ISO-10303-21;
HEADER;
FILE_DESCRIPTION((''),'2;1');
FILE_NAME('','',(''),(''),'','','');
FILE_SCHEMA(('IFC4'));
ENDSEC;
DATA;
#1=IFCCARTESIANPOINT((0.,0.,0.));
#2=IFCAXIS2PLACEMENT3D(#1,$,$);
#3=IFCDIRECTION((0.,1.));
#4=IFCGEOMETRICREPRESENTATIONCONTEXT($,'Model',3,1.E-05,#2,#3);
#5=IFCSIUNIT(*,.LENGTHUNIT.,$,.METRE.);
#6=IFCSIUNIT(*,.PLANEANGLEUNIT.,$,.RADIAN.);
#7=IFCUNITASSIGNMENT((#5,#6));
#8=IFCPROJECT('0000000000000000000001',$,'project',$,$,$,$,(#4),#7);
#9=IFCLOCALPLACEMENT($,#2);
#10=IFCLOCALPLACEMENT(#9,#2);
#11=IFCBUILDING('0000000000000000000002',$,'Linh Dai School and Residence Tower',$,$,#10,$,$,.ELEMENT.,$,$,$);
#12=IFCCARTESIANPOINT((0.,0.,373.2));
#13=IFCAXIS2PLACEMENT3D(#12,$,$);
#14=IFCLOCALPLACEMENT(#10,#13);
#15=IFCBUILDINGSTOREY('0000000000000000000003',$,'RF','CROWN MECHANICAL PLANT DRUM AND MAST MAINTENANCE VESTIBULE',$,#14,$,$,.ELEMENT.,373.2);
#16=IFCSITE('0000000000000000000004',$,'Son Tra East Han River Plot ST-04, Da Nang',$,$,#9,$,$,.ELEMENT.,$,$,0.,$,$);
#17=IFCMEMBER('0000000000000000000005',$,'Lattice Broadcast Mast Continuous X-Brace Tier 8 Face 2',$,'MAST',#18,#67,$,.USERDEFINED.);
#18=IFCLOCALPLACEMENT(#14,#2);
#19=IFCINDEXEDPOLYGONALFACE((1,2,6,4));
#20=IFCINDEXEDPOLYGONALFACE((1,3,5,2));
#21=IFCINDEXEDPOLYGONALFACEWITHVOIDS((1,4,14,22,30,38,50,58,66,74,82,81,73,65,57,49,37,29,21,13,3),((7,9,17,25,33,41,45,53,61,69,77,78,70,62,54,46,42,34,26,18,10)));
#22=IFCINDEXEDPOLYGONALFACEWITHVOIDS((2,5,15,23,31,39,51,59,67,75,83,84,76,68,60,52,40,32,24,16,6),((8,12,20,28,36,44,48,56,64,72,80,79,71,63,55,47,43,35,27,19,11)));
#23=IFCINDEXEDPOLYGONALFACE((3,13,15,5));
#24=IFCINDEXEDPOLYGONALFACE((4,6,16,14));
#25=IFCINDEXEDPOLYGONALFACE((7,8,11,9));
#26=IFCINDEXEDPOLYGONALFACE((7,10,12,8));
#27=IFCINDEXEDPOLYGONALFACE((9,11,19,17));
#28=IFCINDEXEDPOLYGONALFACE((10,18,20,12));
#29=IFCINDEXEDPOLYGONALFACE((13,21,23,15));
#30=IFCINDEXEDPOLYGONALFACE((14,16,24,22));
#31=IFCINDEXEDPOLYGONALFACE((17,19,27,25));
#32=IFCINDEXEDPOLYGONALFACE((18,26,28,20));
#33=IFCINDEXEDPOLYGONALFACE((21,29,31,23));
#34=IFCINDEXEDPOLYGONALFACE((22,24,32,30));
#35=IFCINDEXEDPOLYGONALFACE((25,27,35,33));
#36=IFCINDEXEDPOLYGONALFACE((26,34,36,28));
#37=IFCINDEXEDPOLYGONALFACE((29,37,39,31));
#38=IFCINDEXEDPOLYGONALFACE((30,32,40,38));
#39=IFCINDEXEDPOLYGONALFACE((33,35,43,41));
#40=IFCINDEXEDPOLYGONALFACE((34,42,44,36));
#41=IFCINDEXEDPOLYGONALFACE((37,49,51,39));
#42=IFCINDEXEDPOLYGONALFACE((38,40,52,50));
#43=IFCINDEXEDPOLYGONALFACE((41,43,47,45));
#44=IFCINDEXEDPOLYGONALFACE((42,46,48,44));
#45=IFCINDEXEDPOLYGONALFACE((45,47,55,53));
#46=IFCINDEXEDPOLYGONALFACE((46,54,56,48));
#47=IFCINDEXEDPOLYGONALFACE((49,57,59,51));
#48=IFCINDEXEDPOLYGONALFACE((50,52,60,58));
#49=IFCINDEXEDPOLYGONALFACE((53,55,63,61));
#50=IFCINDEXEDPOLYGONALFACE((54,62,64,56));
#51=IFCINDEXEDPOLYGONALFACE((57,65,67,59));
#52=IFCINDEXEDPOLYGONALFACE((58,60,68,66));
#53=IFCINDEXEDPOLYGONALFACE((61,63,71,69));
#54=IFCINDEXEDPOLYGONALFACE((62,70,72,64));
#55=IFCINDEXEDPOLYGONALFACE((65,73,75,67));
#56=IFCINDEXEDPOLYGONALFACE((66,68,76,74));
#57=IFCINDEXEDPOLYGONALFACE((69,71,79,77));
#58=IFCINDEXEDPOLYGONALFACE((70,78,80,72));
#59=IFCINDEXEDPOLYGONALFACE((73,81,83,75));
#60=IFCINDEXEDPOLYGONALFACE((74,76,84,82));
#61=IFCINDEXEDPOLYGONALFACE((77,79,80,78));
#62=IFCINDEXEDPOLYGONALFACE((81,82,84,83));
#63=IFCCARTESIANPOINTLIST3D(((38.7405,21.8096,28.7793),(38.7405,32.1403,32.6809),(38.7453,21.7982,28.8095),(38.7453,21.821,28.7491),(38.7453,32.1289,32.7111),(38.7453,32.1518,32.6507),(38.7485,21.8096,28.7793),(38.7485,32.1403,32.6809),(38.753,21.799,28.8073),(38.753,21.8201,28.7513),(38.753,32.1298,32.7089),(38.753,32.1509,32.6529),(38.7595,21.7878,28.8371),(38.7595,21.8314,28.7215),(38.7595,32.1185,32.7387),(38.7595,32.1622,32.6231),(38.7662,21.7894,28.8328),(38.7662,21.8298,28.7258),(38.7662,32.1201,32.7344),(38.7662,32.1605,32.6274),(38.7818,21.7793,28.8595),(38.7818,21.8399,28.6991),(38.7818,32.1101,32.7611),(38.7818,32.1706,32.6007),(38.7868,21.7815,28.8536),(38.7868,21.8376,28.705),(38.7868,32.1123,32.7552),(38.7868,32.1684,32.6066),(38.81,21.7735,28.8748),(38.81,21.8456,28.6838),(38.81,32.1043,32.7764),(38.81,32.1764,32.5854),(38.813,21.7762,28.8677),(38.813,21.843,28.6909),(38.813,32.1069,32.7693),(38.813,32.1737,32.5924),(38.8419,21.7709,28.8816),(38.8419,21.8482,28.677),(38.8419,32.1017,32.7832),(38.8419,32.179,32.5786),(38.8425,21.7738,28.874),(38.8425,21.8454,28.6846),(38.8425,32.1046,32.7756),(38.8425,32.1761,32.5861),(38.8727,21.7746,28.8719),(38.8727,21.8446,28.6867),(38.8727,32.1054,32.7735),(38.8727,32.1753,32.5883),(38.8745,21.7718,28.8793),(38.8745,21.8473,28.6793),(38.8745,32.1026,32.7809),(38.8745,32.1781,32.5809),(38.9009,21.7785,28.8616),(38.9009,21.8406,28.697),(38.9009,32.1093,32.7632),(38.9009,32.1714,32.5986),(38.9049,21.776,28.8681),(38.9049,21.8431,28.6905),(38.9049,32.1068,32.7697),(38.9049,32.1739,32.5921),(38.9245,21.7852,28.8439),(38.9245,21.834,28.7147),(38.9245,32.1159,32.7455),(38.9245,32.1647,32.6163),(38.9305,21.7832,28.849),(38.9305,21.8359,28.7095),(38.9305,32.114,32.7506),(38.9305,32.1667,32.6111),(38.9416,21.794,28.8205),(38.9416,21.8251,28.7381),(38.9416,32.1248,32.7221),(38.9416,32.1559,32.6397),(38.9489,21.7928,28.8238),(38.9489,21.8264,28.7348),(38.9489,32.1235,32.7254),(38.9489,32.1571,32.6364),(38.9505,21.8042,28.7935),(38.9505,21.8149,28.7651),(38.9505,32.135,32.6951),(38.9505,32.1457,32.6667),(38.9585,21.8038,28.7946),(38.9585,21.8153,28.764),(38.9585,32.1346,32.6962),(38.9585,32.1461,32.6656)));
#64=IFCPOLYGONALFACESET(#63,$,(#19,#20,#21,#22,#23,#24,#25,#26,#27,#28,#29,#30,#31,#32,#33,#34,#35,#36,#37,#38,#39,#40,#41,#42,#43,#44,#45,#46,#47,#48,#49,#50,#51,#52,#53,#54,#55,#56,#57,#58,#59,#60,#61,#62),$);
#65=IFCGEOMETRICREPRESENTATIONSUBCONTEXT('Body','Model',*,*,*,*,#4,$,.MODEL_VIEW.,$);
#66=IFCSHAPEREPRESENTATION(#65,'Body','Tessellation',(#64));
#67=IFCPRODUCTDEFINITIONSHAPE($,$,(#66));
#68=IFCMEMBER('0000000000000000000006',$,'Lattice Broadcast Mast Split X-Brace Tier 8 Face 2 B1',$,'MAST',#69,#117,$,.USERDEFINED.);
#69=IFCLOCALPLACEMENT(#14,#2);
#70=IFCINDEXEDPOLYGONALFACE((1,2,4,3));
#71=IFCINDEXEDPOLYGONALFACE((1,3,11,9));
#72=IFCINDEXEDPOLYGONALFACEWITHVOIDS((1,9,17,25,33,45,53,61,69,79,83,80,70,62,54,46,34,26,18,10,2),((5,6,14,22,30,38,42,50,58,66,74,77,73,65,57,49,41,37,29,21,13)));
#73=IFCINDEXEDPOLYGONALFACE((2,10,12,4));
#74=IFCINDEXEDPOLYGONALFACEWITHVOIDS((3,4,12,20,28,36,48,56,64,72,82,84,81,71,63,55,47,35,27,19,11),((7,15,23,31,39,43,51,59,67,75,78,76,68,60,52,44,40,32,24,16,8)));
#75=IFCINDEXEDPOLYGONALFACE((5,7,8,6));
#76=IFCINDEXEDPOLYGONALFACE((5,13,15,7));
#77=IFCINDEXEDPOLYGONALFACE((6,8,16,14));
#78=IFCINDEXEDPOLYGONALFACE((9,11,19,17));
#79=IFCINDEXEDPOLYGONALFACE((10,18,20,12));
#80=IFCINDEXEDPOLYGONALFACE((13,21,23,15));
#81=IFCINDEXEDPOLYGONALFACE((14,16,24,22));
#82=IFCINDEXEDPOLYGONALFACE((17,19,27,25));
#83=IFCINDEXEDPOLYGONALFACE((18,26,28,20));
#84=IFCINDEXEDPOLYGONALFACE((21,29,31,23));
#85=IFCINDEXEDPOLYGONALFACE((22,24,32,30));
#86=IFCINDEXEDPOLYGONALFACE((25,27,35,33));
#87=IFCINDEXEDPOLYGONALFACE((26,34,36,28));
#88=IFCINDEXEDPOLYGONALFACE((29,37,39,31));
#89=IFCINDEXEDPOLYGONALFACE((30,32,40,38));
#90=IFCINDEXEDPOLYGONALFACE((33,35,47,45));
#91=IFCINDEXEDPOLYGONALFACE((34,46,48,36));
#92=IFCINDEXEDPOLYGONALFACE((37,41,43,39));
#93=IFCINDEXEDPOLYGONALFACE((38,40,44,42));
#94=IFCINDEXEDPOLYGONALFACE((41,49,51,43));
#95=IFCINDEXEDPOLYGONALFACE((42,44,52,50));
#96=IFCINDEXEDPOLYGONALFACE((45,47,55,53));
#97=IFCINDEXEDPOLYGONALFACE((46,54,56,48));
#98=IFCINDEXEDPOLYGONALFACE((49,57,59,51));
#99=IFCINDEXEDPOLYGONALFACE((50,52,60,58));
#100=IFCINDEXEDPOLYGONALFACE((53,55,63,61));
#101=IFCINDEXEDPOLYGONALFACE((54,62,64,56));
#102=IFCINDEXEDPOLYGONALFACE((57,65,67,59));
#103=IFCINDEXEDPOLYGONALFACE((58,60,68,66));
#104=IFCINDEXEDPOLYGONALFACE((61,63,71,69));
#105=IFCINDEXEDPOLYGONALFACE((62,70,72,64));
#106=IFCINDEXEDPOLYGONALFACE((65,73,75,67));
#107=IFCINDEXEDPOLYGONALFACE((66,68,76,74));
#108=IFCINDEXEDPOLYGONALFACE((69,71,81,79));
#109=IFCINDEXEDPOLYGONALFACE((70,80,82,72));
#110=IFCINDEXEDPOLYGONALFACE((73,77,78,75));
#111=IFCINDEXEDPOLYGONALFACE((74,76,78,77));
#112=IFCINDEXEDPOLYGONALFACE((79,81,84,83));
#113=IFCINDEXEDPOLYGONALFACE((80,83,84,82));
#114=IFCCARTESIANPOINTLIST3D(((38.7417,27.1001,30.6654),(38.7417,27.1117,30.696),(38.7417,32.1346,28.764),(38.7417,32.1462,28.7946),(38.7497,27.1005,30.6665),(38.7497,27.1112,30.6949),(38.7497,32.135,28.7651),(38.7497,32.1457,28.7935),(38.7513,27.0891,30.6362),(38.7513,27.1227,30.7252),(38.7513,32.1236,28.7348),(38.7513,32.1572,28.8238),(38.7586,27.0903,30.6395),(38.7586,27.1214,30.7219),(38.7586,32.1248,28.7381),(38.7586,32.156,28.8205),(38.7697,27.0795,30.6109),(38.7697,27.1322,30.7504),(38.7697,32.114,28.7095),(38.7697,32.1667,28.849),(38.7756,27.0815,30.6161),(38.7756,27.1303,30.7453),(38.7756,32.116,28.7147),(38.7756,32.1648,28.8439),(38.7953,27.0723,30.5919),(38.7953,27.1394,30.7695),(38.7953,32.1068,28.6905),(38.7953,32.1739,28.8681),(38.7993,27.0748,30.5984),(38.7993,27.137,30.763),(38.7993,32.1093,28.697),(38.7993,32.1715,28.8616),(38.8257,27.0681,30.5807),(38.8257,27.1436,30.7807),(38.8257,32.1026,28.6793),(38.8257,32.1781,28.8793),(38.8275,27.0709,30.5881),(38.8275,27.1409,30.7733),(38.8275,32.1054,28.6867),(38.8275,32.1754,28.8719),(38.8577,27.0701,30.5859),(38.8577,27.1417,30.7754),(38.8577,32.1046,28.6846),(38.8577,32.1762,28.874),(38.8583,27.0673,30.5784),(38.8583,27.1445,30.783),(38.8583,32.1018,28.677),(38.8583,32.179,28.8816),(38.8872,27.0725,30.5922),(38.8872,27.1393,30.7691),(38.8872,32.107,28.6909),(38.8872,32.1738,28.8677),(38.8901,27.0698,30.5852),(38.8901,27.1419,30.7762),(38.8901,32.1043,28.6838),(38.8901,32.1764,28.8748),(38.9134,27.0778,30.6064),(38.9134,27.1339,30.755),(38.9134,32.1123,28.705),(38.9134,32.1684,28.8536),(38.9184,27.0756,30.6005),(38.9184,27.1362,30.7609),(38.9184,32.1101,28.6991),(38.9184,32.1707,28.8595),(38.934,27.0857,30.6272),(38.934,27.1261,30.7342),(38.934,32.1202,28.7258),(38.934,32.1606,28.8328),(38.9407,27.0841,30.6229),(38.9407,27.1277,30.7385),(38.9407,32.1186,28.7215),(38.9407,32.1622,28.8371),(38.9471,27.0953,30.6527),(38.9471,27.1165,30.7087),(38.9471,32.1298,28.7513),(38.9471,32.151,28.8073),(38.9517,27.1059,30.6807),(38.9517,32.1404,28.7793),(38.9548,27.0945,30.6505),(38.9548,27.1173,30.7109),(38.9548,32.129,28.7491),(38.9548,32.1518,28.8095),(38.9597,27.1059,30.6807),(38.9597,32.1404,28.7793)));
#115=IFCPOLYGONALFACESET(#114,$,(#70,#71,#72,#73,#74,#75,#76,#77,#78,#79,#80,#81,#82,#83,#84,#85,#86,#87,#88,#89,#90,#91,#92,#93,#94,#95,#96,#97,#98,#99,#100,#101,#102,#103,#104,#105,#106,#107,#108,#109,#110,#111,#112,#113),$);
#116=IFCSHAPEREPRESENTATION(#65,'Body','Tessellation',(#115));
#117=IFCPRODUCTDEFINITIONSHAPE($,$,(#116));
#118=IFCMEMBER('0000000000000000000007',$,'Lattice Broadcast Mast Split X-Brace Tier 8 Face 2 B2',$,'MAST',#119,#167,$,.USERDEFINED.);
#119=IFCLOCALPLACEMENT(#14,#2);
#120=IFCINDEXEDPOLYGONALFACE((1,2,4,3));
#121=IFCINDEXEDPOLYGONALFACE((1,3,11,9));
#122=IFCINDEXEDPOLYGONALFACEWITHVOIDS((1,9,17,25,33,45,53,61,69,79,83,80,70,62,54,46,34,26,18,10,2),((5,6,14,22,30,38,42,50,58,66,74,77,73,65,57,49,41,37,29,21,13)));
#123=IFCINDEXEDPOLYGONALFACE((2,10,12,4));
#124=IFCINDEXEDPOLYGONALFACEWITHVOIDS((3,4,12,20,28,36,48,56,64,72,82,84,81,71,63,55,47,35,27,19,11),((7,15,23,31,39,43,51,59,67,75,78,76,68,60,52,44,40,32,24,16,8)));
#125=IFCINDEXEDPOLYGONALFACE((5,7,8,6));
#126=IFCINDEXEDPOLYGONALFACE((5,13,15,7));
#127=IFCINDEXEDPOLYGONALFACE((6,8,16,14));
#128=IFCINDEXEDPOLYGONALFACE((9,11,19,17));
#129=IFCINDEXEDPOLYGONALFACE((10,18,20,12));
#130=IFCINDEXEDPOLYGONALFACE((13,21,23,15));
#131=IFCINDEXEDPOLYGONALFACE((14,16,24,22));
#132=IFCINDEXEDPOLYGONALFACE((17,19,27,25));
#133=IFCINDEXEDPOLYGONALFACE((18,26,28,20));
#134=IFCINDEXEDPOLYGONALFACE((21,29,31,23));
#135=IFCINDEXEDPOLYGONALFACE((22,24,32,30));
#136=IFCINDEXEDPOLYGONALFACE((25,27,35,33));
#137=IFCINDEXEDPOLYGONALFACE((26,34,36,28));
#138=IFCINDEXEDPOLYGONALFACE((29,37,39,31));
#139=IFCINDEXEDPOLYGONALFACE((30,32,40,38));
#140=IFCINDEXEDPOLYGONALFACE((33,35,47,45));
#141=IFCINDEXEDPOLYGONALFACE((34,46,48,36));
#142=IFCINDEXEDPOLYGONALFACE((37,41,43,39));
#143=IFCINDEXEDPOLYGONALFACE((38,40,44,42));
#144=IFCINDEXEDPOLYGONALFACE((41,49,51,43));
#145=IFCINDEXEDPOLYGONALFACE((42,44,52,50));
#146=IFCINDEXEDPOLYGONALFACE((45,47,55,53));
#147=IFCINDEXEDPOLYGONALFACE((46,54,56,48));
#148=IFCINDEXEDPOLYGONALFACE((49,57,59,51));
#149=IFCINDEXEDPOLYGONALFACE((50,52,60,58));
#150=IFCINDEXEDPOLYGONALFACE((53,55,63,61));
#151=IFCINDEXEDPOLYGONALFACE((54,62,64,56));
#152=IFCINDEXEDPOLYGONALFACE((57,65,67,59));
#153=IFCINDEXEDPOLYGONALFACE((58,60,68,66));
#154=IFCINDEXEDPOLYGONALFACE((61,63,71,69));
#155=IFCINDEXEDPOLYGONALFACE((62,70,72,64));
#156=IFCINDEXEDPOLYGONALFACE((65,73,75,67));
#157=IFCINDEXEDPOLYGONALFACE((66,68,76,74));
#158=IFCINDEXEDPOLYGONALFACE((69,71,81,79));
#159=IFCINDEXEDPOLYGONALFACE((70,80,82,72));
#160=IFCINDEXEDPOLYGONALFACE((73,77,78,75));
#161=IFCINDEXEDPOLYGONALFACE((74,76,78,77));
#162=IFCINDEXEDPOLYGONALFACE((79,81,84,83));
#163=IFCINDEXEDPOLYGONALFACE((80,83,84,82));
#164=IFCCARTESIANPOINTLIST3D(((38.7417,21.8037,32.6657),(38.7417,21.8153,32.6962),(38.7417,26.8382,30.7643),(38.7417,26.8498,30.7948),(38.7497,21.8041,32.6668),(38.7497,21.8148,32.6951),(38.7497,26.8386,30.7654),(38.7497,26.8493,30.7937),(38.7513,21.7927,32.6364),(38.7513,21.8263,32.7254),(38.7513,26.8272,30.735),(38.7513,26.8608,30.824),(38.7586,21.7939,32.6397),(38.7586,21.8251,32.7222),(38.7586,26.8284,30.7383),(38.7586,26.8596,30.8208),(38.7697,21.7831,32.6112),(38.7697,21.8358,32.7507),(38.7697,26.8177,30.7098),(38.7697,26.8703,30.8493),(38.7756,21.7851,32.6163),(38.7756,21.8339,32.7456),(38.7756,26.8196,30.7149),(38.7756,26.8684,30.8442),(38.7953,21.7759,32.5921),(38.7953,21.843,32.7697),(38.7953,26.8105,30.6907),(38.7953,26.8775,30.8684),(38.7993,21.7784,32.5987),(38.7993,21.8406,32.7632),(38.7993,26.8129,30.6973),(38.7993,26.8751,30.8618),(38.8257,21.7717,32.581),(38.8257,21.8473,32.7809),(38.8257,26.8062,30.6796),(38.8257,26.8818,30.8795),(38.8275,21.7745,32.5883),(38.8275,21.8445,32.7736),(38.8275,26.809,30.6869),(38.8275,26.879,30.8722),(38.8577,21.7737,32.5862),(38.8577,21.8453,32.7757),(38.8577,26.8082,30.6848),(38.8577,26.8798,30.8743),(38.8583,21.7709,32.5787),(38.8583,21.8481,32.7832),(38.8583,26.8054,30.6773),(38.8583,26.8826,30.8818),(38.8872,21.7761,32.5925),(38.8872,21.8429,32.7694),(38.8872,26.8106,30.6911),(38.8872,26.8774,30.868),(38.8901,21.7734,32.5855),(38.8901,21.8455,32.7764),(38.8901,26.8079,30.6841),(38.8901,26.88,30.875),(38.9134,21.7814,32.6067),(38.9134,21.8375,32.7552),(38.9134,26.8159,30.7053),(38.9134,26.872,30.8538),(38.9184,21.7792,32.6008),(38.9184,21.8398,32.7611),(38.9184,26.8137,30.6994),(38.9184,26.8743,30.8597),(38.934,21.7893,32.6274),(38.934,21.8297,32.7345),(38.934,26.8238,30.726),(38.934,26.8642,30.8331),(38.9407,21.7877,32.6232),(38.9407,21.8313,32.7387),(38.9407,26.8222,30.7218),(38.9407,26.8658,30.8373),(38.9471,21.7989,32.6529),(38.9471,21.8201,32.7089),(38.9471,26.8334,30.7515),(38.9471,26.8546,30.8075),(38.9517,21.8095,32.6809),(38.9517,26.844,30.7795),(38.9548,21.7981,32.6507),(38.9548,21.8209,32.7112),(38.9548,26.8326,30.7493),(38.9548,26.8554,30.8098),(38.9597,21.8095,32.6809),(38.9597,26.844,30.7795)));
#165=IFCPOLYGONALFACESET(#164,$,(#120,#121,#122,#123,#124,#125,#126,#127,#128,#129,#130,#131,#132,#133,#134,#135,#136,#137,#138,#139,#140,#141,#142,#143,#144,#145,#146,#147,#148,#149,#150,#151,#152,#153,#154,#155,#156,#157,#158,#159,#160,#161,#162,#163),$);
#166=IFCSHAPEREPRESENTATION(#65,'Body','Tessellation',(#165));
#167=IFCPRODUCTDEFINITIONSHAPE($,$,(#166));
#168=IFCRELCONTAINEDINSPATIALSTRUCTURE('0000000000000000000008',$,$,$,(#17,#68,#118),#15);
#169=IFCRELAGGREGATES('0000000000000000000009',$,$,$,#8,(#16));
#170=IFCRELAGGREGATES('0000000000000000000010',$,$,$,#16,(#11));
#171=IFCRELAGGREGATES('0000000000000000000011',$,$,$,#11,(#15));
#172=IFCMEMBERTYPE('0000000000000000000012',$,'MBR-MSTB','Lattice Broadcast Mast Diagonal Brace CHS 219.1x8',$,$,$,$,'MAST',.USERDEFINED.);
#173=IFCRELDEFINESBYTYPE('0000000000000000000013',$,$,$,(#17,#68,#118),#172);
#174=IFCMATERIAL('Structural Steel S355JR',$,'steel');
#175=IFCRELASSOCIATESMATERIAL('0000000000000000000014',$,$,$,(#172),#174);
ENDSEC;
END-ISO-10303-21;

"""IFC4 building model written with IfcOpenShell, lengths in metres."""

from ifc_helpers import new_model, si_unit, direction, frame, origin, origin_2d, place, context, subcontext, project, spatial, hollow_circle, extrude, material, material_profile, profile_set, type_object, element, save


model = new_model("IFC4")

# Units and contexts
model_context = context("Model", 3, precision=1e-05, world=origin(), true_north=direction((0.0, 1.0)))
body_context = subcontext(model_context, "Body", "Model", "MODEL_VIEW")
ifc_project = project(units=[si_unit("LENGTHUNIT", "METRE"), si_unit("PLANEANGLEUNIT", "RADIAN")], contexts=[model_context])

# Site, building, storey
site_placement = place(None, origin())
site = spatial("IfcSite", under=ifc_project, at=site_placement, Name="Son Tra East Han River Plot ST-04, Da Nang", CompositionType="ELEMENT", RefElevation=0.0)
building_placement = place(site_placement, origin())
building = spatial("IfcBuilding", under=site, at=building_placement, Name="Linh Dai School and Residence Tower", CompositionType="ELEMENT")
storey_placement = place(building_placement, frame((0.0, 0.0, 373.2)))
storey = spatial("IfcBuildingStorey", under=building, at=storey_placement, Name="RF", Description="CROWN MECHANICAL PLANT DRUM AND MAST MAINTENANCE VESTIBULE", CompositionType="ELEMENT", Elevation=373.2)

# Shared definitions
ifc_material = material(Name="Structural Steel S355JR", Category="steel")

# Members
ifc_material_profile_1 = material_profile(ifc_material, hollow_circle(Radius=0.1096, WallThickness=0.0081, at=origin_2d()), Name="CHS 219.1x8")
ifc_profile_set_1 = profile_set([ifc_material_profile_1], Name="Structural Steel S355JR")
member_type = type_object("IfcMemberType", Name="MBR-MSTB", Description="Lattice Broadcast Mast Diagonal Brace CHS 219.1x8", ElementType="MAST", PredefinedType="USERDEFINED", material=ifc_profile_set_1)
member_1_placement = place(storey_placement, frame((38.8501, 21.8096, 28.7793), z_axis=(0.0, 0.935506, 0.35331), x_axis=(-1.0, 0.0, 0.0)))
element("IfcMember", 1, at=member_1_placement, inside=storey, type_object=member_type, Name="Lattice Broadcast Mast Continuous X-Brace Tier 8 Face 2", ObjectType="MAST", PredefinedType="USERDEFINED", context=body_context, shape_type="SweptSolid", body=[
    extrude(hollow_circle(Radius=0.1096, WallThickness=0.0081, at=origin_2d()), origin(), (0.0, 0.0, 1.0), 11.043),
])
for number, where, z_axis, x_axis, name in (
    (2, (38.8501, 32.1404, 28.7793), (0.0, -0.935504, 0.353315), (1.0, 0.0, 0.0), "Lattice Broadcast Mast Split X-Brace Tier 8 Face 2 B1"),
    (3, (38.8501, 26.844, 30.7795), (0.0, -0.935504, 0.353315), (1.0, 0.0, 0.0), "Lattice Broadcast Mast Split X-Brace Tier 8 Face 2 B2"),
):
    element("IfcMember", number, at=place(storey_placement, frame(where, z_axis=z_axis, x_axis=x_axis)), inside=storey, type_object=member_type, Name=name, ObjectType="MAST", PredefinedType="USERDEFINED", context=body_context, shape_type="SweptSolid", body=[
        extrude(hollow_circle(Radius=0.1096, WallThickness=0.0081, at=origin_2d()), origin(), (0.0, 0.0, 1.0), 5.3816),
    ])

save(model, "model.ifc")
